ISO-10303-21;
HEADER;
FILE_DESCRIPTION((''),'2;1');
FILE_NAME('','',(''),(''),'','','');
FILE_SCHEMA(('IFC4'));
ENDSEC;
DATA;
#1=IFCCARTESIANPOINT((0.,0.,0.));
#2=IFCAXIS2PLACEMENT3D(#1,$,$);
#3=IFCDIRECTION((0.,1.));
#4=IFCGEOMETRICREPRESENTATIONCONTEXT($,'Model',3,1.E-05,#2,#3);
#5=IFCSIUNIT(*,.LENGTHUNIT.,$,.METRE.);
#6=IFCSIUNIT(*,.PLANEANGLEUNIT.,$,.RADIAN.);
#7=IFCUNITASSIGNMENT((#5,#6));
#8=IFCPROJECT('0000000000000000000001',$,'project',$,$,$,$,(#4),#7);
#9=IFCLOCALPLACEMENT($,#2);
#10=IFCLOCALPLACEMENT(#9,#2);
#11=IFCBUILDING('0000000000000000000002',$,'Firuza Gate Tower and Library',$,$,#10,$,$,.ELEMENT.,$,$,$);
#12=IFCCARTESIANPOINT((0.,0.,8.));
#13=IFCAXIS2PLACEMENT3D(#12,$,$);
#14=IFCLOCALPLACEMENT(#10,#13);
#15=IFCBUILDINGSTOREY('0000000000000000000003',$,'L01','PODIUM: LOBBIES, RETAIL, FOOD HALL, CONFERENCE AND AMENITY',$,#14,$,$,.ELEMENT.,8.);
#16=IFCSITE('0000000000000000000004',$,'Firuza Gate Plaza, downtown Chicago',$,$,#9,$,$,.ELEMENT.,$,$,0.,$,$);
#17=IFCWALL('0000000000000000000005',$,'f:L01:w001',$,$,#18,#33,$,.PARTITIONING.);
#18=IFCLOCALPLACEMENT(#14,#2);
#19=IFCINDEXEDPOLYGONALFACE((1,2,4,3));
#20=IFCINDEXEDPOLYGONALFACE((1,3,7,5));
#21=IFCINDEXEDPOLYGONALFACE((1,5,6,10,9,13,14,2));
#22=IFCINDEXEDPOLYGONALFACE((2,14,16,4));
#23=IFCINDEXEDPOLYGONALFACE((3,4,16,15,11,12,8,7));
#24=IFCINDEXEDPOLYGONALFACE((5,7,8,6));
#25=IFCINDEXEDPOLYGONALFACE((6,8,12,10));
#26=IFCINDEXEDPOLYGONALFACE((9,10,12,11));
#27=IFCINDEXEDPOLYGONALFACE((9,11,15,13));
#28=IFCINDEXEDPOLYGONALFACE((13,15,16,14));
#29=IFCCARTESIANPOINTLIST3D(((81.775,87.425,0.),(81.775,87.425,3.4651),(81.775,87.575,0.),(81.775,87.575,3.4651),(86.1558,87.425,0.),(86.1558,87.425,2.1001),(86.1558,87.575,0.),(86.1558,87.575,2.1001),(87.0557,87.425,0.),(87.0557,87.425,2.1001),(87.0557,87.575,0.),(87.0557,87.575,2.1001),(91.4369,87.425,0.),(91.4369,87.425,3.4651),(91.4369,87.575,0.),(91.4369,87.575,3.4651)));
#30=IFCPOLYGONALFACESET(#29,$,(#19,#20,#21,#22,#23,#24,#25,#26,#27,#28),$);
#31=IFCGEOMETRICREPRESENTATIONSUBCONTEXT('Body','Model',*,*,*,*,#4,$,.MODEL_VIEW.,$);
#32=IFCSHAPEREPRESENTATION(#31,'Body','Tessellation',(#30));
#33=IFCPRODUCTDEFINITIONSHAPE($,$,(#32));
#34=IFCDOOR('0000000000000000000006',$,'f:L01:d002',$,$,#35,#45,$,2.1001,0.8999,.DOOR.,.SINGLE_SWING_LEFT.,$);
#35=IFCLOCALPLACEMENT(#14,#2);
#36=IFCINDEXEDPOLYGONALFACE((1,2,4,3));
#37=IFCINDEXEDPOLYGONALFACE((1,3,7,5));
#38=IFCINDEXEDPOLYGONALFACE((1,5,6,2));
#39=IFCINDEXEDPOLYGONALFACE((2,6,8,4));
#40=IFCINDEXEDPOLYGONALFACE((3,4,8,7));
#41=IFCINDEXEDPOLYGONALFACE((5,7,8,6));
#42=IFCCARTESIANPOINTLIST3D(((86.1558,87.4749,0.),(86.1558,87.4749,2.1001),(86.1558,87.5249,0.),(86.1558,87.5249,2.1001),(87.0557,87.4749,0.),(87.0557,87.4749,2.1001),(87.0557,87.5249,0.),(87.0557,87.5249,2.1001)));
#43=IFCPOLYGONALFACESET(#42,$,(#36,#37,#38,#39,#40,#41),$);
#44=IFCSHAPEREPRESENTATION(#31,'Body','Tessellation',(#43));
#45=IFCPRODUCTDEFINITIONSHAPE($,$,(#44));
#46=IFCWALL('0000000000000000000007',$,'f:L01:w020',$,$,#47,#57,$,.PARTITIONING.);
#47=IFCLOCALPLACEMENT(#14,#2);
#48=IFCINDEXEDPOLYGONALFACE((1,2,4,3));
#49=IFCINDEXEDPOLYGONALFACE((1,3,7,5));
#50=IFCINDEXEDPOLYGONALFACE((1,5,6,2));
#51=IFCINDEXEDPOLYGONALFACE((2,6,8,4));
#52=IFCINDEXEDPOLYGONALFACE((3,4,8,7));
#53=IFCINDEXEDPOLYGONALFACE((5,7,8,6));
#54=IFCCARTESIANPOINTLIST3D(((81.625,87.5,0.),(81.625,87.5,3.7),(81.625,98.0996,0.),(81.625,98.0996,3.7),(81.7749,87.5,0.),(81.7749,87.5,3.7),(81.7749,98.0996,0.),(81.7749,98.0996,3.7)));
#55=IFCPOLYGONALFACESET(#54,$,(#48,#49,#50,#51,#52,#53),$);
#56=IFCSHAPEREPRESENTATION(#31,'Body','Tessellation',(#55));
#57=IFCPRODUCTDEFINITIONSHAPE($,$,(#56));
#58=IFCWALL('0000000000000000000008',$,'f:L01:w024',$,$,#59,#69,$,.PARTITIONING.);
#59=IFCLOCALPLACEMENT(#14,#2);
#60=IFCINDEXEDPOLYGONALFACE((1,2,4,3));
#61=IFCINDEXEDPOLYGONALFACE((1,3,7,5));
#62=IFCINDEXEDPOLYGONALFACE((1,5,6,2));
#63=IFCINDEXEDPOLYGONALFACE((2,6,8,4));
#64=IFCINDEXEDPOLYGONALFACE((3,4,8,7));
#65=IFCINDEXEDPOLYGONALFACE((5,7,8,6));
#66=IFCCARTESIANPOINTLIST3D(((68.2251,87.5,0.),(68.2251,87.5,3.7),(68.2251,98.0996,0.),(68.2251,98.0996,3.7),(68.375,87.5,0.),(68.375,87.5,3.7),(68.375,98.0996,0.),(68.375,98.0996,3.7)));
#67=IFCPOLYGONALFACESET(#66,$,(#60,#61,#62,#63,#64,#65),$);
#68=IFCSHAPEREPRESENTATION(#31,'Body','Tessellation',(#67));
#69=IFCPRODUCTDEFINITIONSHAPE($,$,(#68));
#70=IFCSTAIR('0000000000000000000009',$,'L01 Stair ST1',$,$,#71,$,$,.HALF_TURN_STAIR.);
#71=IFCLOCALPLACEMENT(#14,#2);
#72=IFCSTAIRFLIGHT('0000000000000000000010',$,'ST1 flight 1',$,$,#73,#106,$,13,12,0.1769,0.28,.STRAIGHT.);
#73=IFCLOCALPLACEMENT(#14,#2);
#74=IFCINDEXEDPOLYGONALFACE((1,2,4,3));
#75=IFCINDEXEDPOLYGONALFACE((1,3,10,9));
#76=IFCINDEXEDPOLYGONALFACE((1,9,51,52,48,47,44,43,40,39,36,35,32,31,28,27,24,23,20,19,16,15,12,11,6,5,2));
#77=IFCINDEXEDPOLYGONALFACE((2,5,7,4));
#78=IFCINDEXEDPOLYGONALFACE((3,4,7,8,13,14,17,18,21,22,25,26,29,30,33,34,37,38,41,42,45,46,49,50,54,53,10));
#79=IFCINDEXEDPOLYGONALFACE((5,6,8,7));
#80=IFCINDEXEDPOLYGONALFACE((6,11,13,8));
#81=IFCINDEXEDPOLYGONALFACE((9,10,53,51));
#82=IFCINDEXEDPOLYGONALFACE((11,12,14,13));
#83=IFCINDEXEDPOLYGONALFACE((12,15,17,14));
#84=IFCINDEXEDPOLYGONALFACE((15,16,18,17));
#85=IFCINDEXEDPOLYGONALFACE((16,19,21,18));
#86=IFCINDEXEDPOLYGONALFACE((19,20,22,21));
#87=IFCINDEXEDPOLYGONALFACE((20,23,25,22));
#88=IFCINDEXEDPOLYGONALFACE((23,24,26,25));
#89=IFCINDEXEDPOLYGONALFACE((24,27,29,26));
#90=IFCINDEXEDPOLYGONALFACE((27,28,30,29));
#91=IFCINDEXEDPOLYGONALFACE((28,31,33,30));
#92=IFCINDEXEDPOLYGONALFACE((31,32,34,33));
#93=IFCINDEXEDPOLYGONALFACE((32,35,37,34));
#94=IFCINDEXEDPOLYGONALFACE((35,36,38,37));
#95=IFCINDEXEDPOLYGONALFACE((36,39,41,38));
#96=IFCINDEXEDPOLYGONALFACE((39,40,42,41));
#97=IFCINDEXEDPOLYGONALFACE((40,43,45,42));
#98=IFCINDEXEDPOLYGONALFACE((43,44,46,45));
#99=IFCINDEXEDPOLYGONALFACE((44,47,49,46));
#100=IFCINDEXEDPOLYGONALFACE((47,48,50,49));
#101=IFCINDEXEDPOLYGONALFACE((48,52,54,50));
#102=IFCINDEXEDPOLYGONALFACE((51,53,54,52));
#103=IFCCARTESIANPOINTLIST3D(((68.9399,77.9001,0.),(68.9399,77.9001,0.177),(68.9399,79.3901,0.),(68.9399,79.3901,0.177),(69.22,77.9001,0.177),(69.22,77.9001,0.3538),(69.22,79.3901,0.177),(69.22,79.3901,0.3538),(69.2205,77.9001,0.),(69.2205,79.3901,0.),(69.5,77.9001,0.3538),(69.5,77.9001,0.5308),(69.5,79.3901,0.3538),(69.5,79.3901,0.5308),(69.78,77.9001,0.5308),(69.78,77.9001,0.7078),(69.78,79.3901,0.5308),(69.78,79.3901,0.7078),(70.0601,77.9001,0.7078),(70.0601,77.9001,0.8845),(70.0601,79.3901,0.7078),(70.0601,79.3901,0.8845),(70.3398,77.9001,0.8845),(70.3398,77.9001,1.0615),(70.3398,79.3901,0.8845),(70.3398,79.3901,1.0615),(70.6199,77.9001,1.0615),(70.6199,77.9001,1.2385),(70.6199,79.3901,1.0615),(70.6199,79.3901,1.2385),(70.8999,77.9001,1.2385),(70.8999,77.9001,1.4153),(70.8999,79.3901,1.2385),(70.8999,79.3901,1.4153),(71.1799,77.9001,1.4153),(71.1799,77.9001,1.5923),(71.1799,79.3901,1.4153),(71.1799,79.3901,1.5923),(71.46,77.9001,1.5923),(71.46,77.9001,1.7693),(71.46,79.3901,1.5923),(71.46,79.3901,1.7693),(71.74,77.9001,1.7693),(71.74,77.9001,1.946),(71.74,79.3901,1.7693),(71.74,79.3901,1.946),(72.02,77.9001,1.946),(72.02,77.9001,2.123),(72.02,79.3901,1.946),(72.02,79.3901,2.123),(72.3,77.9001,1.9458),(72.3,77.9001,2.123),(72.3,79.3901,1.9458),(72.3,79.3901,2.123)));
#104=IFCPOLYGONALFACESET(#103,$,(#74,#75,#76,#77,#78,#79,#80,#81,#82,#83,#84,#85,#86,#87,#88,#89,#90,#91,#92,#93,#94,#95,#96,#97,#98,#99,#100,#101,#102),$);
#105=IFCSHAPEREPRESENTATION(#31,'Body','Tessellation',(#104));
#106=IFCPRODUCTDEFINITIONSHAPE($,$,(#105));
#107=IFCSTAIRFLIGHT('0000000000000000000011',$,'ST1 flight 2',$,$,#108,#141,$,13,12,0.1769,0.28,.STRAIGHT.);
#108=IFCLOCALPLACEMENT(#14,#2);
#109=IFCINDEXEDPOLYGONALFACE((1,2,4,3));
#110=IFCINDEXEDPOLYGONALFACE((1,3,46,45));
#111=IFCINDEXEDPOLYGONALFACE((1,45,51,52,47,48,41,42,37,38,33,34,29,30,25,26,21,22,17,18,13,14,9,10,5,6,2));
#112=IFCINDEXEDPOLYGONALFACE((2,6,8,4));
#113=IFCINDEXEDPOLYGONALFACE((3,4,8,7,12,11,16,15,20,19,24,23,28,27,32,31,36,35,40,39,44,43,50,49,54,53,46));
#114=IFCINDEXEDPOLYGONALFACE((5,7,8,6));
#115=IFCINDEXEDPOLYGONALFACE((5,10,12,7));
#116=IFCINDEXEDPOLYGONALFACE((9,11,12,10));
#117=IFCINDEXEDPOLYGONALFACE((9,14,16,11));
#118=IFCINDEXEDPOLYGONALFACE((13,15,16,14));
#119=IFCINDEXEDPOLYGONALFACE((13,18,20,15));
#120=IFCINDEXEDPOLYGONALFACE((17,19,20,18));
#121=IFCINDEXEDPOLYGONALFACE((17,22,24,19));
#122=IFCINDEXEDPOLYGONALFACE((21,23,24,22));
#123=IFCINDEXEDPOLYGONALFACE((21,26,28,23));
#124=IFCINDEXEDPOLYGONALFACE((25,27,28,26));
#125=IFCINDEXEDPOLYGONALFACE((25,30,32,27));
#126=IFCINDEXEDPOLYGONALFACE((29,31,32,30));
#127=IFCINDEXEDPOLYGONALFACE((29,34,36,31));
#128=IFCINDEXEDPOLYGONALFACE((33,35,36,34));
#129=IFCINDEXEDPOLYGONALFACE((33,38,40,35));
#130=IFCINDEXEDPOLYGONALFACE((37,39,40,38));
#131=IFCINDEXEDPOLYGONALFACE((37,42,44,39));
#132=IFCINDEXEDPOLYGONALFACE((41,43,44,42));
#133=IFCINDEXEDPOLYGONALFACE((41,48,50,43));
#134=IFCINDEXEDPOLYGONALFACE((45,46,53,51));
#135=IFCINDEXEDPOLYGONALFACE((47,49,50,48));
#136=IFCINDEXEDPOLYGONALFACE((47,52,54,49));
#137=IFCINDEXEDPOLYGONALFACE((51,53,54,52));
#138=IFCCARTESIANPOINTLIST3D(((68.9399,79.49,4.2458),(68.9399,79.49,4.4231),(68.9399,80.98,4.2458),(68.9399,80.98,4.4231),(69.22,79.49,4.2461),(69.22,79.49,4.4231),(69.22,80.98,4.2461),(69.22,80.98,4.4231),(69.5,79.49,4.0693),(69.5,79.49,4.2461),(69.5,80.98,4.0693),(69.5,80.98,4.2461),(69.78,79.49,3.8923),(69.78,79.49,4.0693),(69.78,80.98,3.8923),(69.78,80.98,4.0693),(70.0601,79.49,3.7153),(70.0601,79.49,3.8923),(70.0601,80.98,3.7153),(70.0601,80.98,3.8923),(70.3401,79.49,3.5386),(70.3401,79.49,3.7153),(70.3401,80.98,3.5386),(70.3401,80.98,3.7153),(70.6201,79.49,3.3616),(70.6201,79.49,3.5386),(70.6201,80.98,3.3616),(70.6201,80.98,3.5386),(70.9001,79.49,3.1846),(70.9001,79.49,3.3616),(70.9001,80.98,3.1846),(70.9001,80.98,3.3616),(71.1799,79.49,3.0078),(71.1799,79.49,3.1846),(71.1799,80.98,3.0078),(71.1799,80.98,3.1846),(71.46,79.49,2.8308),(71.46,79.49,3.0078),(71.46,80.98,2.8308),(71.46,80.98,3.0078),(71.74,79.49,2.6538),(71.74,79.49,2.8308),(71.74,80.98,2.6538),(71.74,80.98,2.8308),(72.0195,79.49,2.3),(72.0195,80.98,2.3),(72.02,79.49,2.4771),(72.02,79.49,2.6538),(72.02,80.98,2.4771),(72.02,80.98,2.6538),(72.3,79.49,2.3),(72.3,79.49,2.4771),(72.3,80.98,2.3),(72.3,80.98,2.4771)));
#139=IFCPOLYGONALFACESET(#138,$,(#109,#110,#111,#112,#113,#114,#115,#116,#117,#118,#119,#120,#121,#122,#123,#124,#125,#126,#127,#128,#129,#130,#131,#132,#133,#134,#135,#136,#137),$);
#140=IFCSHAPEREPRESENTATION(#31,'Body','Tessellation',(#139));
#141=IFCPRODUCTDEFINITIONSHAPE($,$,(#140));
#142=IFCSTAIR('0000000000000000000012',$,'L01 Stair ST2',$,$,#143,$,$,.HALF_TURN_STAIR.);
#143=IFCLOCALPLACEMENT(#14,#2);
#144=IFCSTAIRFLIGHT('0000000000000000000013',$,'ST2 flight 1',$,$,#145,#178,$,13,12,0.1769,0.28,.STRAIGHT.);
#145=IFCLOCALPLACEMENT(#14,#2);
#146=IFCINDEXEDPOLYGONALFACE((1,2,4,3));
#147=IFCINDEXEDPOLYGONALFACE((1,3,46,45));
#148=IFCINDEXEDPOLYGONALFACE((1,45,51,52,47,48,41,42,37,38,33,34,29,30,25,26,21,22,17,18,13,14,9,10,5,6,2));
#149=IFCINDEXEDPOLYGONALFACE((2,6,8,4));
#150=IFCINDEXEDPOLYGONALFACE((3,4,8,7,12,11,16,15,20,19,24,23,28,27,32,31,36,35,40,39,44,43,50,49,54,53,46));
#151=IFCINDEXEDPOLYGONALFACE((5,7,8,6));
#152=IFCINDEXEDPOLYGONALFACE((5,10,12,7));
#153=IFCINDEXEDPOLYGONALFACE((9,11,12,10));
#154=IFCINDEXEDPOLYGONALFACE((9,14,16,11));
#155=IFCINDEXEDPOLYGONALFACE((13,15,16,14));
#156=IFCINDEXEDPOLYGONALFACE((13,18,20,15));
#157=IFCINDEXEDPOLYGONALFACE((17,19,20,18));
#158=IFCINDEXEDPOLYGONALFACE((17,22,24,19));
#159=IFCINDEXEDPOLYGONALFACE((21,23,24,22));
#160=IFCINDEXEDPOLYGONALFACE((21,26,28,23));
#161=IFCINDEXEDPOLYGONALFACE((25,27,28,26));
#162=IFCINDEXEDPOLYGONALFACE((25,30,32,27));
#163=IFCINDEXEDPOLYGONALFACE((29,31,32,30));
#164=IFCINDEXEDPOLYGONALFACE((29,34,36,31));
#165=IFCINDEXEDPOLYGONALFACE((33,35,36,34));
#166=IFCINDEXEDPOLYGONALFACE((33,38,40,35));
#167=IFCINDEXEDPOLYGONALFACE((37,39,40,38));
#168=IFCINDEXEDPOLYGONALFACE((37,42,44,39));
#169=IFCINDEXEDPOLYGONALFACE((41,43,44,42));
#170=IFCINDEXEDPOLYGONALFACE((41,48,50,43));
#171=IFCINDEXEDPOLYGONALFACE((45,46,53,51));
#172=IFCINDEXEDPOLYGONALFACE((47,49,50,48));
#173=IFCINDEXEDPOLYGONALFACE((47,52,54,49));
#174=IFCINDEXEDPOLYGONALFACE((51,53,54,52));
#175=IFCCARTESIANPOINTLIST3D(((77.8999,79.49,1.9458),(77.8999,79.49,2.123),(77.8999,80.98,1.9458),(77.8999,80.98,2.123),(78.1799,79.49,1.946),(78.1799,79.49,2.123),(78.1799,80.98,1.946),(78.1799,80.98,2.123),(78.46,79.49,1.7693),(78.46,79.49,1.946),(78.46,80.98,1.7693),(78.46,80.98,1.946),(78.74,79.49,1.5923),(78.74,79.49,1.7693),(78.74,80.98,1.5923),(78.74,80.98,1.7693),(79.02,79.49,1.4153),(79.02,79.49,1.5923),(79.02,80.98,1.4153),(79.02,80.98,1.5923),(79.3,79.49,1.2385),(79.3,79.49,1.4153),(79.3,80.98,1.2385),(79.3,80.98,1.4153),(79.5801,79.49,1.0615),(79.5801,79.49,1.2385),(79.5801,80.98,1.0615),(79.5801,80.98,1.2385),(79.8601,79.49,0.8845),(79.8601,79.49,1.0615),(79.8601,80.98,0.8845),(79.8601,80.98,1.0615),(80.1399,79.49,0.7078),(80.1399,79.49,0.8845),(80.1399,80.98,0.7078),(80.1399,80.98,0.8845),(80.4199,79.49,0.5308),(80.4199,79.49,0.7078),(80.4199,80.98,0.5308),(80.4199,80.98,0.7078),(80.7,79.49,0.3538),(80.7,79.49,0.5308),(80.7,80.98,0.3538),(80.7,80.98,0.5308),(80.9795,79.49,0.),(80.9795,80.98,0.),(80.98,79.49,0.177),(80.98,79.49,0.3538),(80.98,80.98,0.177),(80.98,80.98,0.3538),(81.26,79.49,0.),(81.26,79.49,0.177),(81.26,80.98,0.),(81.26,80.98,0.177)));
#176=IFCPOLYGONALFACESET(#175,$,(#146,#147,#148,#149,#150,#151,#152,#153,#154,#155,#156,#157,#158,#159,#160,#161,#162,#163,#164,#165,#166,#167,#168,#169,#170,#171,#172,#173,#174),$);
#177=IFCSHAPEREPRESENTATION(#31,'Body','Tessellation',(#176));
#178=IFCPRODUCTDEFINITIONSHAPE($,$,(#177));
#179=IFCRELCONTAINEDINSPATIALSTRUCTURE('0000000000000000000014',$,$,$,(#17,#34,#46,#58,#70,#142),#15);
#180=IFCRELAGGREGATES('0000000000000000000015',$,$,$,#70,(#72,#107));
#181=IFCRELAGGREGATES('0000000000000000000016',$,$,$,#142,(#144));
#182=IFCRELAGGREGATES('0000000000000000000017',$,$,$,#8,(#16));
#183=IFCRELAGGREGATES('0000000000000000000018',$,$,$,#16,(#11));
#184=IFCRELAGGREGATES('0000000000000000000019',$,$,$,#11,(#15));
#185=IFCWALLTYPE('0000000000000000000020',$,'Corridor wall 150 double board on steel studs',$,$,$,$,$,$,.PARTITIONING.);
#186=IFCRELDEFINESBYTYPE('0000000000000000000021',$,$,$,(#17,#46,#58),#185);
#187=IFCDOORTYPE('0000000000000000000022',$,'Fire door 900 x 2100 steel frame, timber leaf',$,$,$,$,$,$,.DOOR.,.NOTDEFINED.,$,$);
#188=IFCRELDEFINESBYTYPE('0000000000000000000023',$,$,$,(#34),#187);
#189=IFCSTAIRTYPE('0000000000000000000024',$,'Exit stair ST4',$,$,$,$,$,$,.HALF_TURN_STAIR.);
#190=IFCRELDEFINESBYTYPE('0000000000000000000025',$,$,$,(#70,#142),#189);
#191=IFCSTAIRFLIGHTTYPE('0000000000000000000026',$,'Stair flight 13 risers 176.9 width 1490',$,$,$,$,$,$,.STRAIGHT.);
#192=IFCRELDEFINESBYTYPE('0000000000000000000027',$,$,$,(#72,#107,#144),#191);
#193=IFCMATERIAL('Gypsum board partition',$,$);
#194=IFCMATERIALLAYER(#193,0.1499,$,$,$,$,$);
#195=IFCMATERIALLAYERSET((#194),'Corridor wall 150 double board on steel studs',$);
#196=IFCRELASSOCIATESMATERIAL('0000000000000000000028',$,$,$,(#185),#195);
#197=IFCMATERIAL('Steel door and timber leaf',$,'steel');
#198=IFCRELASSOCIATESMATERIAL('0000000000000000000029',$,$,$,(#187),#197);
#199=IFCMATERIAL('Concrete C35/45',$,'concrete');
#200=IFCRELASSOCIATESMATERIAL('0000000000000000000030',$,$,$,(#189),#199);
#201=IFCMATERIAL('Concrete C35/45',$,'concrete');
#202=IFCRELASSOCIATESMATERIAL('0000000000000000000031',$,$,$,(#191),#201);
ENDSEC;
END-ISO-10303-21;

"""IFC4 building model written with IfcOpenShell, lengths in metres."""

from ifc_helpers import new_model, si_unit, direction, frame, frame_2d, origin, place, context, subcontext, project, spatial, polyline, rectangle, outline, extrude, material, layer, layer_set, type_object, element, fill, aggregate, save


model = new_model("IFC4")

# Units and contexts
model_context = context("Model", 3, precision=1e-05, world=origin(), true_north=direction((0.0, 1.0)))
body_context = subcontext(model_context, "Body", "Model", "MODEL_VIEW")
ifc_project = project(units=[si_unit("LENGTHUNIT", "METRE"), si_unit("PLANEANGLEUNIT", "RADIAN")], contexts=[model_context])

# Site, building, storey
site_placement = place(None, origin())
site = spatial("IfcSite", under=ifc_project, at=site_placement, Name="Firuza Gate Plaza, downtown Chicago", CompositionType="ELEMENT", RefElevation=0.0)
building_placement = place(site_placement, origin())
building = spatial("IfcBuilding", under=site, at=building_placement, Name="Firuza Gate Tower and Library", CompositionType="ELEMENT")
storey_placement = place(building_placement, frame((0.0, 0.0, 8.0)))
storey = spatial("IfcBuildingStorey", under=building, at=storey_placement, Name="L01", Description="PODIUM: LOBBIES, RETAIL, FOOD HALL, CONFERENCE AND AMENITY", CompositionType="ELEMENT", Elevation=8.0)

# Wall, opening, door
ifc_material_1 = material(Name="Gypsum board partition")
ifc_layer_1 = layer(ifc_material_1, 0.1499)
ifc_layer_set_1 = layer_set([ifc_layer_1], Name="Corridor wall 150 double board on steel studs")
wall_type_1 = type_object("IfcWallType", Name="Corridor wall 150 double board on steel studs", PredefinedType="PARTITIONING", material=ifc_layer_set_1)
wall_1_placement = place(storey_placement, frame((81.7749, 87.5, 0.0), z_axis=(0.0, 0.0, 1.0), x_axis=(1.0, 0.0, 0.0)))
wall_1 = element("IfcWall", 1, at=wall_1_placement, inside=storey, type_object=wall_type_1, Name="f:L01:w001", PredefinedType="PARTITIONING", context=body_context, shape_type="SweptSolid", body=[
    extrude(rectangle(XDim=9.6619, YDim=0.1499, at=frame_2d((4.8311, 0.0))), origin(), (0.0, 0.0, 1.0), 3.4651),
])
opening_1_placement = place(wall_1_placement, frame((4.3809, 0.0, 0.0)))
opening_1 = element("IfcOpeningElement", 2, at=opening_1_placement, cuts=wall_1, PredefinedType="OPENING", context=body_context, shape_type="SweptSolid", body=[
    extrude(rectangle(XDim=0.8999, YDim=2.1001, at=frame_2d((0.45, 1.05))), frame((0.0, 0.085, 0.0), z_axis=(0.0, -1.0, 0.0), x_axis=(1.0, 0.0, 0.0)), (0.0, 0.0, 1.0), 0.1699),
])
ifc_material_2 = material(Name="Steel door and timber leaf", Category="steel")
door_type_1 = type_object("IfcDoorType", Name="Fire door 900 x 2100 steel frame, timber leaf", OperationType="NOTDEFINED", PredefinedType="DOOR", material=ifc_material_2)
door_1_placement = place(opening_1_placement, origin())
door_1 = element("IfcDoor", 3, at=door_1_placement, inside=storey, type_object=door_type_1, Name="f:L01:d002", OperationType="SINGLE_SWING_LEFT", OverallHeight=2.1001, OverallWidth=0.8999, PredefinedType="DOOR", context=body_context, shape_type="SweptSolid", body=[
    extrude(rectangle(XDim=0.8999, YDim=2.1001, at=frame_2d((0.45, 1.05))), frame((0.0, 0.0249, 0.0), z_axis=(0.0, -1.0, 0.0), x_axis=(1.0, 0.0, 0.0)), (0.0, 0.0, 1.0), 0.05),
])
fill(opening_1, door_1)

# Walls
for number, where, z_axis, x_axis, name in (
    (4, (81.7, 87.5, 0.0), (0.0, 0.0, 1.0), (0.0, 1.0, 0.0), "f:L01:w020"),
    (5, (68.3, 87.5, 0.0), (0.0, 0.0, 1.0), (0.0, 1.0, 0.0), "f:L01:w024"),
):
    element("IfcWall", number, at=place(storey_placement, frame(where, z_axis=z_axis, x_axis=x_axis)), inside=storey, type_object=wall_type_1, Name=name, PredefinedType="PARTITIONING", context=body_context, shape_type="SweptSolid", body=[
        extrude(rectangle(XDim=10.5996, YDim=0.1499, at=frame_2d((5.2998, 0.0))), origin(), (0.0, 0.0, 1.0), 3.7),
    ])

# Stairs, stair flights
ifc_material_3 = material(Name="Concrete C35/45", Category="concrete")
stair_type = type_object("IfcStairType", Name="Exit stair ST4", PredefinedType="HALF_TURN_STAIR", material=ifc_material_3)
placement = place(storey_placement, origin())
stair_1 = element("IfcStair", 6, at=placement, inside=storey, type_object=stair_type, Name="L01 Stair ST1", PredefinedType="HALF_TURN_STAIR")
ifc_material_4 = material(Name="Concrete C35/45", Category="concrete")
stair_flight_type = type_object("IfcStairFlightType", Name="Stair flight 13 risers 176.9 width 1490", PredefinedType="STRAIGHT", material=ifc_material_4)
stair_flight_1_placement = place(storey_placement, frame((68.9399, 78.645, 0.0), z_axis=(0.0, 0.0, 1.0), x_axis=(1.0, 0.0, 0.0)))
stair_flight_1 = element("IfcStairFlight", 7, at=stair_flight_1_placement, type_object=stair_flight_type, Name="ST1 flight 1", NumberOfRisers=13, NumberOfTreads=12, PredefinedType="STRAIGHT", RiserHeight=0.1769, TreadLength=0.28, context=body_context, shape_type="SweptSolid", body=[
    extrude(outline(polyline([(0.0, 0.0), (0.0, 0.177), (0.28, 0.177), (0.28, 0.3538), (0.5601, 0.3538), (0.5601, 0.5308), (0.8401, 0.5308), (0.8401, 0.7078), (1.1201, 0.7078), (1.1201, 0.8845), (1.3999, 0.8845), (1.3999, 1.0615), (1.6799, 1.0615), (1.6799, 1.2385), (1.96, 1.2385), (1.96, 1.4153), (2.24, 1.4153), (2.24, 1.5923), (2.52, 1.5923), (2.52, 1.7693), (2.8, 1.7693), (2.8, 1.946), (3.0801, 1.946), (3.0801, 2.123), (3.3601, 2.123), (3.3601, 2.3), (3.3601, 1.9458), (0.2805, 0.0), (0.0, 0.0)])), frame((0.0, 0.7451, 0.0), z_axis=(0.0, -1.0, 0.0), x_axis=(1.0, 0.0, 0.0)), (0.0, 0.0, 1.0), 1.49),
])
stair_flight_2_placement = place(storey_placement, frame((72.3, 80.2351, 2.3), z_axis=(0.0, 0.0, 1.0), x_axis=(-1.0, 0.0, 0.0)))
stair_flight_2 = element("IfcStairFlight", 8, at=stair_flight_2_placement, type_object=stair_flight_type, Name="ST1 flight 2", NumberOfRisers=13, NumberOfTreads=12, PredefinedType="STRAIGHT", RiserHeight=0.1769, TreadLength=0.28, context=body_context, shape_type="SweptSolid", body=[
    extrude(outline(polyline([(0.0, 0.0), (0.0, 0.177), (0.28, 0.177), (0.28, 0.3538), (0.5601, 0.3538), (0.5601, 0.5308), (0.8401, 0.5308), (0.8401, 0.7078), (1.1201, 0.7078), (1.1201, 0.8845), (1.3999, 0.8845), (1.3999, 1.0615), (1.6799, 1.0615), (1.6799, 1.2385), (1.96, 1.2385), (1.96, 1.4153), (2.24, 1.4153), (2.24, 1.5923), (2.52, 1.5923), (2.52, 1.7693), (2.8, 1.7693), (2.8, 1.946), (3.0801, 1.946), (3.0801, 2.123), (3.3601, 2.123), (3.3601, 2.3), (3.3601, 1.9458), (0.2805, 0.0), (0.0, 0.0)])), frame((0.0, 0.7451, 0.0), z_axis=(0.0, -1.0, 0.0), x_axis=(1.0, 0.0, 0.0)), (0.0, 0.0, 1.0), 1.49),
])
aggregate(stair_1, [stair_flight_1, stair_flight_2])
stair_2 = element("IfcStair", 9, at=placement, inside=storey, type_object=stair_type, Name="L01 Stair ST2", PredefinedType="HALF_TURN_STAIR")
stair_flight_3_placement = place(storey_placement, frame((81.26, 80.2351, 0.0), z_axis=(0.0, 0.0, 1.0), x_axis=(-1.0, 0.0, 0.0)))
stair_flight_3 = element("IfcStairFlight", 10, at=stair_flight_3_placement, type_object=stair_flight_type, Name="ST2 flight 1", NumberOfRisers=13, NumberOfTreads=12, PredefinedType="STRAIGHT", RiserHeight=0.1769, TreadLength=0.28, context=body_context, shape_type="SweptSolid", body=[
    extrude(outline(polyline([(0.0, 0.0), (0.0, 0.177), (0.28, 0.177), (0.28, 0.3538), (0.5601, 0.3538), (0.5601, 0.5308), (0.8401, 0.5308), (0.8401, 0.7078), (1.1201, 0.7078), (1.1201, 0.8845), (1.3999, 0.8845), (1.3999, 1.0615), (1.6799, 1.0615), (1.6799, 1.2385), (1.96, 1.2385), (1.96, 1.4153), (2.24, 1.4153), (2.24, 1.5923), (2.52, 1.5923), (2.52, 1.7693), (2.8, 1.7693), (2.8, 1.946), (3.0801, 1.946), (3.0801, 2.123), (3.3601, 2.123), (3.3601, 2.3), (3.3601, 1.9458), (0.2805, 0.0), (0.0, 0.0)])), frame((0.0, 0.7451, 0.0), z_axis=(0.0, -1.0, 0.0), x_axis=(1.0, 0.0, 0.0)), (0.0, 0.0, 1.0), 1.49),
])
aggregate(stair_2, [stair_flight_3])

save(model, "model.ifc")
